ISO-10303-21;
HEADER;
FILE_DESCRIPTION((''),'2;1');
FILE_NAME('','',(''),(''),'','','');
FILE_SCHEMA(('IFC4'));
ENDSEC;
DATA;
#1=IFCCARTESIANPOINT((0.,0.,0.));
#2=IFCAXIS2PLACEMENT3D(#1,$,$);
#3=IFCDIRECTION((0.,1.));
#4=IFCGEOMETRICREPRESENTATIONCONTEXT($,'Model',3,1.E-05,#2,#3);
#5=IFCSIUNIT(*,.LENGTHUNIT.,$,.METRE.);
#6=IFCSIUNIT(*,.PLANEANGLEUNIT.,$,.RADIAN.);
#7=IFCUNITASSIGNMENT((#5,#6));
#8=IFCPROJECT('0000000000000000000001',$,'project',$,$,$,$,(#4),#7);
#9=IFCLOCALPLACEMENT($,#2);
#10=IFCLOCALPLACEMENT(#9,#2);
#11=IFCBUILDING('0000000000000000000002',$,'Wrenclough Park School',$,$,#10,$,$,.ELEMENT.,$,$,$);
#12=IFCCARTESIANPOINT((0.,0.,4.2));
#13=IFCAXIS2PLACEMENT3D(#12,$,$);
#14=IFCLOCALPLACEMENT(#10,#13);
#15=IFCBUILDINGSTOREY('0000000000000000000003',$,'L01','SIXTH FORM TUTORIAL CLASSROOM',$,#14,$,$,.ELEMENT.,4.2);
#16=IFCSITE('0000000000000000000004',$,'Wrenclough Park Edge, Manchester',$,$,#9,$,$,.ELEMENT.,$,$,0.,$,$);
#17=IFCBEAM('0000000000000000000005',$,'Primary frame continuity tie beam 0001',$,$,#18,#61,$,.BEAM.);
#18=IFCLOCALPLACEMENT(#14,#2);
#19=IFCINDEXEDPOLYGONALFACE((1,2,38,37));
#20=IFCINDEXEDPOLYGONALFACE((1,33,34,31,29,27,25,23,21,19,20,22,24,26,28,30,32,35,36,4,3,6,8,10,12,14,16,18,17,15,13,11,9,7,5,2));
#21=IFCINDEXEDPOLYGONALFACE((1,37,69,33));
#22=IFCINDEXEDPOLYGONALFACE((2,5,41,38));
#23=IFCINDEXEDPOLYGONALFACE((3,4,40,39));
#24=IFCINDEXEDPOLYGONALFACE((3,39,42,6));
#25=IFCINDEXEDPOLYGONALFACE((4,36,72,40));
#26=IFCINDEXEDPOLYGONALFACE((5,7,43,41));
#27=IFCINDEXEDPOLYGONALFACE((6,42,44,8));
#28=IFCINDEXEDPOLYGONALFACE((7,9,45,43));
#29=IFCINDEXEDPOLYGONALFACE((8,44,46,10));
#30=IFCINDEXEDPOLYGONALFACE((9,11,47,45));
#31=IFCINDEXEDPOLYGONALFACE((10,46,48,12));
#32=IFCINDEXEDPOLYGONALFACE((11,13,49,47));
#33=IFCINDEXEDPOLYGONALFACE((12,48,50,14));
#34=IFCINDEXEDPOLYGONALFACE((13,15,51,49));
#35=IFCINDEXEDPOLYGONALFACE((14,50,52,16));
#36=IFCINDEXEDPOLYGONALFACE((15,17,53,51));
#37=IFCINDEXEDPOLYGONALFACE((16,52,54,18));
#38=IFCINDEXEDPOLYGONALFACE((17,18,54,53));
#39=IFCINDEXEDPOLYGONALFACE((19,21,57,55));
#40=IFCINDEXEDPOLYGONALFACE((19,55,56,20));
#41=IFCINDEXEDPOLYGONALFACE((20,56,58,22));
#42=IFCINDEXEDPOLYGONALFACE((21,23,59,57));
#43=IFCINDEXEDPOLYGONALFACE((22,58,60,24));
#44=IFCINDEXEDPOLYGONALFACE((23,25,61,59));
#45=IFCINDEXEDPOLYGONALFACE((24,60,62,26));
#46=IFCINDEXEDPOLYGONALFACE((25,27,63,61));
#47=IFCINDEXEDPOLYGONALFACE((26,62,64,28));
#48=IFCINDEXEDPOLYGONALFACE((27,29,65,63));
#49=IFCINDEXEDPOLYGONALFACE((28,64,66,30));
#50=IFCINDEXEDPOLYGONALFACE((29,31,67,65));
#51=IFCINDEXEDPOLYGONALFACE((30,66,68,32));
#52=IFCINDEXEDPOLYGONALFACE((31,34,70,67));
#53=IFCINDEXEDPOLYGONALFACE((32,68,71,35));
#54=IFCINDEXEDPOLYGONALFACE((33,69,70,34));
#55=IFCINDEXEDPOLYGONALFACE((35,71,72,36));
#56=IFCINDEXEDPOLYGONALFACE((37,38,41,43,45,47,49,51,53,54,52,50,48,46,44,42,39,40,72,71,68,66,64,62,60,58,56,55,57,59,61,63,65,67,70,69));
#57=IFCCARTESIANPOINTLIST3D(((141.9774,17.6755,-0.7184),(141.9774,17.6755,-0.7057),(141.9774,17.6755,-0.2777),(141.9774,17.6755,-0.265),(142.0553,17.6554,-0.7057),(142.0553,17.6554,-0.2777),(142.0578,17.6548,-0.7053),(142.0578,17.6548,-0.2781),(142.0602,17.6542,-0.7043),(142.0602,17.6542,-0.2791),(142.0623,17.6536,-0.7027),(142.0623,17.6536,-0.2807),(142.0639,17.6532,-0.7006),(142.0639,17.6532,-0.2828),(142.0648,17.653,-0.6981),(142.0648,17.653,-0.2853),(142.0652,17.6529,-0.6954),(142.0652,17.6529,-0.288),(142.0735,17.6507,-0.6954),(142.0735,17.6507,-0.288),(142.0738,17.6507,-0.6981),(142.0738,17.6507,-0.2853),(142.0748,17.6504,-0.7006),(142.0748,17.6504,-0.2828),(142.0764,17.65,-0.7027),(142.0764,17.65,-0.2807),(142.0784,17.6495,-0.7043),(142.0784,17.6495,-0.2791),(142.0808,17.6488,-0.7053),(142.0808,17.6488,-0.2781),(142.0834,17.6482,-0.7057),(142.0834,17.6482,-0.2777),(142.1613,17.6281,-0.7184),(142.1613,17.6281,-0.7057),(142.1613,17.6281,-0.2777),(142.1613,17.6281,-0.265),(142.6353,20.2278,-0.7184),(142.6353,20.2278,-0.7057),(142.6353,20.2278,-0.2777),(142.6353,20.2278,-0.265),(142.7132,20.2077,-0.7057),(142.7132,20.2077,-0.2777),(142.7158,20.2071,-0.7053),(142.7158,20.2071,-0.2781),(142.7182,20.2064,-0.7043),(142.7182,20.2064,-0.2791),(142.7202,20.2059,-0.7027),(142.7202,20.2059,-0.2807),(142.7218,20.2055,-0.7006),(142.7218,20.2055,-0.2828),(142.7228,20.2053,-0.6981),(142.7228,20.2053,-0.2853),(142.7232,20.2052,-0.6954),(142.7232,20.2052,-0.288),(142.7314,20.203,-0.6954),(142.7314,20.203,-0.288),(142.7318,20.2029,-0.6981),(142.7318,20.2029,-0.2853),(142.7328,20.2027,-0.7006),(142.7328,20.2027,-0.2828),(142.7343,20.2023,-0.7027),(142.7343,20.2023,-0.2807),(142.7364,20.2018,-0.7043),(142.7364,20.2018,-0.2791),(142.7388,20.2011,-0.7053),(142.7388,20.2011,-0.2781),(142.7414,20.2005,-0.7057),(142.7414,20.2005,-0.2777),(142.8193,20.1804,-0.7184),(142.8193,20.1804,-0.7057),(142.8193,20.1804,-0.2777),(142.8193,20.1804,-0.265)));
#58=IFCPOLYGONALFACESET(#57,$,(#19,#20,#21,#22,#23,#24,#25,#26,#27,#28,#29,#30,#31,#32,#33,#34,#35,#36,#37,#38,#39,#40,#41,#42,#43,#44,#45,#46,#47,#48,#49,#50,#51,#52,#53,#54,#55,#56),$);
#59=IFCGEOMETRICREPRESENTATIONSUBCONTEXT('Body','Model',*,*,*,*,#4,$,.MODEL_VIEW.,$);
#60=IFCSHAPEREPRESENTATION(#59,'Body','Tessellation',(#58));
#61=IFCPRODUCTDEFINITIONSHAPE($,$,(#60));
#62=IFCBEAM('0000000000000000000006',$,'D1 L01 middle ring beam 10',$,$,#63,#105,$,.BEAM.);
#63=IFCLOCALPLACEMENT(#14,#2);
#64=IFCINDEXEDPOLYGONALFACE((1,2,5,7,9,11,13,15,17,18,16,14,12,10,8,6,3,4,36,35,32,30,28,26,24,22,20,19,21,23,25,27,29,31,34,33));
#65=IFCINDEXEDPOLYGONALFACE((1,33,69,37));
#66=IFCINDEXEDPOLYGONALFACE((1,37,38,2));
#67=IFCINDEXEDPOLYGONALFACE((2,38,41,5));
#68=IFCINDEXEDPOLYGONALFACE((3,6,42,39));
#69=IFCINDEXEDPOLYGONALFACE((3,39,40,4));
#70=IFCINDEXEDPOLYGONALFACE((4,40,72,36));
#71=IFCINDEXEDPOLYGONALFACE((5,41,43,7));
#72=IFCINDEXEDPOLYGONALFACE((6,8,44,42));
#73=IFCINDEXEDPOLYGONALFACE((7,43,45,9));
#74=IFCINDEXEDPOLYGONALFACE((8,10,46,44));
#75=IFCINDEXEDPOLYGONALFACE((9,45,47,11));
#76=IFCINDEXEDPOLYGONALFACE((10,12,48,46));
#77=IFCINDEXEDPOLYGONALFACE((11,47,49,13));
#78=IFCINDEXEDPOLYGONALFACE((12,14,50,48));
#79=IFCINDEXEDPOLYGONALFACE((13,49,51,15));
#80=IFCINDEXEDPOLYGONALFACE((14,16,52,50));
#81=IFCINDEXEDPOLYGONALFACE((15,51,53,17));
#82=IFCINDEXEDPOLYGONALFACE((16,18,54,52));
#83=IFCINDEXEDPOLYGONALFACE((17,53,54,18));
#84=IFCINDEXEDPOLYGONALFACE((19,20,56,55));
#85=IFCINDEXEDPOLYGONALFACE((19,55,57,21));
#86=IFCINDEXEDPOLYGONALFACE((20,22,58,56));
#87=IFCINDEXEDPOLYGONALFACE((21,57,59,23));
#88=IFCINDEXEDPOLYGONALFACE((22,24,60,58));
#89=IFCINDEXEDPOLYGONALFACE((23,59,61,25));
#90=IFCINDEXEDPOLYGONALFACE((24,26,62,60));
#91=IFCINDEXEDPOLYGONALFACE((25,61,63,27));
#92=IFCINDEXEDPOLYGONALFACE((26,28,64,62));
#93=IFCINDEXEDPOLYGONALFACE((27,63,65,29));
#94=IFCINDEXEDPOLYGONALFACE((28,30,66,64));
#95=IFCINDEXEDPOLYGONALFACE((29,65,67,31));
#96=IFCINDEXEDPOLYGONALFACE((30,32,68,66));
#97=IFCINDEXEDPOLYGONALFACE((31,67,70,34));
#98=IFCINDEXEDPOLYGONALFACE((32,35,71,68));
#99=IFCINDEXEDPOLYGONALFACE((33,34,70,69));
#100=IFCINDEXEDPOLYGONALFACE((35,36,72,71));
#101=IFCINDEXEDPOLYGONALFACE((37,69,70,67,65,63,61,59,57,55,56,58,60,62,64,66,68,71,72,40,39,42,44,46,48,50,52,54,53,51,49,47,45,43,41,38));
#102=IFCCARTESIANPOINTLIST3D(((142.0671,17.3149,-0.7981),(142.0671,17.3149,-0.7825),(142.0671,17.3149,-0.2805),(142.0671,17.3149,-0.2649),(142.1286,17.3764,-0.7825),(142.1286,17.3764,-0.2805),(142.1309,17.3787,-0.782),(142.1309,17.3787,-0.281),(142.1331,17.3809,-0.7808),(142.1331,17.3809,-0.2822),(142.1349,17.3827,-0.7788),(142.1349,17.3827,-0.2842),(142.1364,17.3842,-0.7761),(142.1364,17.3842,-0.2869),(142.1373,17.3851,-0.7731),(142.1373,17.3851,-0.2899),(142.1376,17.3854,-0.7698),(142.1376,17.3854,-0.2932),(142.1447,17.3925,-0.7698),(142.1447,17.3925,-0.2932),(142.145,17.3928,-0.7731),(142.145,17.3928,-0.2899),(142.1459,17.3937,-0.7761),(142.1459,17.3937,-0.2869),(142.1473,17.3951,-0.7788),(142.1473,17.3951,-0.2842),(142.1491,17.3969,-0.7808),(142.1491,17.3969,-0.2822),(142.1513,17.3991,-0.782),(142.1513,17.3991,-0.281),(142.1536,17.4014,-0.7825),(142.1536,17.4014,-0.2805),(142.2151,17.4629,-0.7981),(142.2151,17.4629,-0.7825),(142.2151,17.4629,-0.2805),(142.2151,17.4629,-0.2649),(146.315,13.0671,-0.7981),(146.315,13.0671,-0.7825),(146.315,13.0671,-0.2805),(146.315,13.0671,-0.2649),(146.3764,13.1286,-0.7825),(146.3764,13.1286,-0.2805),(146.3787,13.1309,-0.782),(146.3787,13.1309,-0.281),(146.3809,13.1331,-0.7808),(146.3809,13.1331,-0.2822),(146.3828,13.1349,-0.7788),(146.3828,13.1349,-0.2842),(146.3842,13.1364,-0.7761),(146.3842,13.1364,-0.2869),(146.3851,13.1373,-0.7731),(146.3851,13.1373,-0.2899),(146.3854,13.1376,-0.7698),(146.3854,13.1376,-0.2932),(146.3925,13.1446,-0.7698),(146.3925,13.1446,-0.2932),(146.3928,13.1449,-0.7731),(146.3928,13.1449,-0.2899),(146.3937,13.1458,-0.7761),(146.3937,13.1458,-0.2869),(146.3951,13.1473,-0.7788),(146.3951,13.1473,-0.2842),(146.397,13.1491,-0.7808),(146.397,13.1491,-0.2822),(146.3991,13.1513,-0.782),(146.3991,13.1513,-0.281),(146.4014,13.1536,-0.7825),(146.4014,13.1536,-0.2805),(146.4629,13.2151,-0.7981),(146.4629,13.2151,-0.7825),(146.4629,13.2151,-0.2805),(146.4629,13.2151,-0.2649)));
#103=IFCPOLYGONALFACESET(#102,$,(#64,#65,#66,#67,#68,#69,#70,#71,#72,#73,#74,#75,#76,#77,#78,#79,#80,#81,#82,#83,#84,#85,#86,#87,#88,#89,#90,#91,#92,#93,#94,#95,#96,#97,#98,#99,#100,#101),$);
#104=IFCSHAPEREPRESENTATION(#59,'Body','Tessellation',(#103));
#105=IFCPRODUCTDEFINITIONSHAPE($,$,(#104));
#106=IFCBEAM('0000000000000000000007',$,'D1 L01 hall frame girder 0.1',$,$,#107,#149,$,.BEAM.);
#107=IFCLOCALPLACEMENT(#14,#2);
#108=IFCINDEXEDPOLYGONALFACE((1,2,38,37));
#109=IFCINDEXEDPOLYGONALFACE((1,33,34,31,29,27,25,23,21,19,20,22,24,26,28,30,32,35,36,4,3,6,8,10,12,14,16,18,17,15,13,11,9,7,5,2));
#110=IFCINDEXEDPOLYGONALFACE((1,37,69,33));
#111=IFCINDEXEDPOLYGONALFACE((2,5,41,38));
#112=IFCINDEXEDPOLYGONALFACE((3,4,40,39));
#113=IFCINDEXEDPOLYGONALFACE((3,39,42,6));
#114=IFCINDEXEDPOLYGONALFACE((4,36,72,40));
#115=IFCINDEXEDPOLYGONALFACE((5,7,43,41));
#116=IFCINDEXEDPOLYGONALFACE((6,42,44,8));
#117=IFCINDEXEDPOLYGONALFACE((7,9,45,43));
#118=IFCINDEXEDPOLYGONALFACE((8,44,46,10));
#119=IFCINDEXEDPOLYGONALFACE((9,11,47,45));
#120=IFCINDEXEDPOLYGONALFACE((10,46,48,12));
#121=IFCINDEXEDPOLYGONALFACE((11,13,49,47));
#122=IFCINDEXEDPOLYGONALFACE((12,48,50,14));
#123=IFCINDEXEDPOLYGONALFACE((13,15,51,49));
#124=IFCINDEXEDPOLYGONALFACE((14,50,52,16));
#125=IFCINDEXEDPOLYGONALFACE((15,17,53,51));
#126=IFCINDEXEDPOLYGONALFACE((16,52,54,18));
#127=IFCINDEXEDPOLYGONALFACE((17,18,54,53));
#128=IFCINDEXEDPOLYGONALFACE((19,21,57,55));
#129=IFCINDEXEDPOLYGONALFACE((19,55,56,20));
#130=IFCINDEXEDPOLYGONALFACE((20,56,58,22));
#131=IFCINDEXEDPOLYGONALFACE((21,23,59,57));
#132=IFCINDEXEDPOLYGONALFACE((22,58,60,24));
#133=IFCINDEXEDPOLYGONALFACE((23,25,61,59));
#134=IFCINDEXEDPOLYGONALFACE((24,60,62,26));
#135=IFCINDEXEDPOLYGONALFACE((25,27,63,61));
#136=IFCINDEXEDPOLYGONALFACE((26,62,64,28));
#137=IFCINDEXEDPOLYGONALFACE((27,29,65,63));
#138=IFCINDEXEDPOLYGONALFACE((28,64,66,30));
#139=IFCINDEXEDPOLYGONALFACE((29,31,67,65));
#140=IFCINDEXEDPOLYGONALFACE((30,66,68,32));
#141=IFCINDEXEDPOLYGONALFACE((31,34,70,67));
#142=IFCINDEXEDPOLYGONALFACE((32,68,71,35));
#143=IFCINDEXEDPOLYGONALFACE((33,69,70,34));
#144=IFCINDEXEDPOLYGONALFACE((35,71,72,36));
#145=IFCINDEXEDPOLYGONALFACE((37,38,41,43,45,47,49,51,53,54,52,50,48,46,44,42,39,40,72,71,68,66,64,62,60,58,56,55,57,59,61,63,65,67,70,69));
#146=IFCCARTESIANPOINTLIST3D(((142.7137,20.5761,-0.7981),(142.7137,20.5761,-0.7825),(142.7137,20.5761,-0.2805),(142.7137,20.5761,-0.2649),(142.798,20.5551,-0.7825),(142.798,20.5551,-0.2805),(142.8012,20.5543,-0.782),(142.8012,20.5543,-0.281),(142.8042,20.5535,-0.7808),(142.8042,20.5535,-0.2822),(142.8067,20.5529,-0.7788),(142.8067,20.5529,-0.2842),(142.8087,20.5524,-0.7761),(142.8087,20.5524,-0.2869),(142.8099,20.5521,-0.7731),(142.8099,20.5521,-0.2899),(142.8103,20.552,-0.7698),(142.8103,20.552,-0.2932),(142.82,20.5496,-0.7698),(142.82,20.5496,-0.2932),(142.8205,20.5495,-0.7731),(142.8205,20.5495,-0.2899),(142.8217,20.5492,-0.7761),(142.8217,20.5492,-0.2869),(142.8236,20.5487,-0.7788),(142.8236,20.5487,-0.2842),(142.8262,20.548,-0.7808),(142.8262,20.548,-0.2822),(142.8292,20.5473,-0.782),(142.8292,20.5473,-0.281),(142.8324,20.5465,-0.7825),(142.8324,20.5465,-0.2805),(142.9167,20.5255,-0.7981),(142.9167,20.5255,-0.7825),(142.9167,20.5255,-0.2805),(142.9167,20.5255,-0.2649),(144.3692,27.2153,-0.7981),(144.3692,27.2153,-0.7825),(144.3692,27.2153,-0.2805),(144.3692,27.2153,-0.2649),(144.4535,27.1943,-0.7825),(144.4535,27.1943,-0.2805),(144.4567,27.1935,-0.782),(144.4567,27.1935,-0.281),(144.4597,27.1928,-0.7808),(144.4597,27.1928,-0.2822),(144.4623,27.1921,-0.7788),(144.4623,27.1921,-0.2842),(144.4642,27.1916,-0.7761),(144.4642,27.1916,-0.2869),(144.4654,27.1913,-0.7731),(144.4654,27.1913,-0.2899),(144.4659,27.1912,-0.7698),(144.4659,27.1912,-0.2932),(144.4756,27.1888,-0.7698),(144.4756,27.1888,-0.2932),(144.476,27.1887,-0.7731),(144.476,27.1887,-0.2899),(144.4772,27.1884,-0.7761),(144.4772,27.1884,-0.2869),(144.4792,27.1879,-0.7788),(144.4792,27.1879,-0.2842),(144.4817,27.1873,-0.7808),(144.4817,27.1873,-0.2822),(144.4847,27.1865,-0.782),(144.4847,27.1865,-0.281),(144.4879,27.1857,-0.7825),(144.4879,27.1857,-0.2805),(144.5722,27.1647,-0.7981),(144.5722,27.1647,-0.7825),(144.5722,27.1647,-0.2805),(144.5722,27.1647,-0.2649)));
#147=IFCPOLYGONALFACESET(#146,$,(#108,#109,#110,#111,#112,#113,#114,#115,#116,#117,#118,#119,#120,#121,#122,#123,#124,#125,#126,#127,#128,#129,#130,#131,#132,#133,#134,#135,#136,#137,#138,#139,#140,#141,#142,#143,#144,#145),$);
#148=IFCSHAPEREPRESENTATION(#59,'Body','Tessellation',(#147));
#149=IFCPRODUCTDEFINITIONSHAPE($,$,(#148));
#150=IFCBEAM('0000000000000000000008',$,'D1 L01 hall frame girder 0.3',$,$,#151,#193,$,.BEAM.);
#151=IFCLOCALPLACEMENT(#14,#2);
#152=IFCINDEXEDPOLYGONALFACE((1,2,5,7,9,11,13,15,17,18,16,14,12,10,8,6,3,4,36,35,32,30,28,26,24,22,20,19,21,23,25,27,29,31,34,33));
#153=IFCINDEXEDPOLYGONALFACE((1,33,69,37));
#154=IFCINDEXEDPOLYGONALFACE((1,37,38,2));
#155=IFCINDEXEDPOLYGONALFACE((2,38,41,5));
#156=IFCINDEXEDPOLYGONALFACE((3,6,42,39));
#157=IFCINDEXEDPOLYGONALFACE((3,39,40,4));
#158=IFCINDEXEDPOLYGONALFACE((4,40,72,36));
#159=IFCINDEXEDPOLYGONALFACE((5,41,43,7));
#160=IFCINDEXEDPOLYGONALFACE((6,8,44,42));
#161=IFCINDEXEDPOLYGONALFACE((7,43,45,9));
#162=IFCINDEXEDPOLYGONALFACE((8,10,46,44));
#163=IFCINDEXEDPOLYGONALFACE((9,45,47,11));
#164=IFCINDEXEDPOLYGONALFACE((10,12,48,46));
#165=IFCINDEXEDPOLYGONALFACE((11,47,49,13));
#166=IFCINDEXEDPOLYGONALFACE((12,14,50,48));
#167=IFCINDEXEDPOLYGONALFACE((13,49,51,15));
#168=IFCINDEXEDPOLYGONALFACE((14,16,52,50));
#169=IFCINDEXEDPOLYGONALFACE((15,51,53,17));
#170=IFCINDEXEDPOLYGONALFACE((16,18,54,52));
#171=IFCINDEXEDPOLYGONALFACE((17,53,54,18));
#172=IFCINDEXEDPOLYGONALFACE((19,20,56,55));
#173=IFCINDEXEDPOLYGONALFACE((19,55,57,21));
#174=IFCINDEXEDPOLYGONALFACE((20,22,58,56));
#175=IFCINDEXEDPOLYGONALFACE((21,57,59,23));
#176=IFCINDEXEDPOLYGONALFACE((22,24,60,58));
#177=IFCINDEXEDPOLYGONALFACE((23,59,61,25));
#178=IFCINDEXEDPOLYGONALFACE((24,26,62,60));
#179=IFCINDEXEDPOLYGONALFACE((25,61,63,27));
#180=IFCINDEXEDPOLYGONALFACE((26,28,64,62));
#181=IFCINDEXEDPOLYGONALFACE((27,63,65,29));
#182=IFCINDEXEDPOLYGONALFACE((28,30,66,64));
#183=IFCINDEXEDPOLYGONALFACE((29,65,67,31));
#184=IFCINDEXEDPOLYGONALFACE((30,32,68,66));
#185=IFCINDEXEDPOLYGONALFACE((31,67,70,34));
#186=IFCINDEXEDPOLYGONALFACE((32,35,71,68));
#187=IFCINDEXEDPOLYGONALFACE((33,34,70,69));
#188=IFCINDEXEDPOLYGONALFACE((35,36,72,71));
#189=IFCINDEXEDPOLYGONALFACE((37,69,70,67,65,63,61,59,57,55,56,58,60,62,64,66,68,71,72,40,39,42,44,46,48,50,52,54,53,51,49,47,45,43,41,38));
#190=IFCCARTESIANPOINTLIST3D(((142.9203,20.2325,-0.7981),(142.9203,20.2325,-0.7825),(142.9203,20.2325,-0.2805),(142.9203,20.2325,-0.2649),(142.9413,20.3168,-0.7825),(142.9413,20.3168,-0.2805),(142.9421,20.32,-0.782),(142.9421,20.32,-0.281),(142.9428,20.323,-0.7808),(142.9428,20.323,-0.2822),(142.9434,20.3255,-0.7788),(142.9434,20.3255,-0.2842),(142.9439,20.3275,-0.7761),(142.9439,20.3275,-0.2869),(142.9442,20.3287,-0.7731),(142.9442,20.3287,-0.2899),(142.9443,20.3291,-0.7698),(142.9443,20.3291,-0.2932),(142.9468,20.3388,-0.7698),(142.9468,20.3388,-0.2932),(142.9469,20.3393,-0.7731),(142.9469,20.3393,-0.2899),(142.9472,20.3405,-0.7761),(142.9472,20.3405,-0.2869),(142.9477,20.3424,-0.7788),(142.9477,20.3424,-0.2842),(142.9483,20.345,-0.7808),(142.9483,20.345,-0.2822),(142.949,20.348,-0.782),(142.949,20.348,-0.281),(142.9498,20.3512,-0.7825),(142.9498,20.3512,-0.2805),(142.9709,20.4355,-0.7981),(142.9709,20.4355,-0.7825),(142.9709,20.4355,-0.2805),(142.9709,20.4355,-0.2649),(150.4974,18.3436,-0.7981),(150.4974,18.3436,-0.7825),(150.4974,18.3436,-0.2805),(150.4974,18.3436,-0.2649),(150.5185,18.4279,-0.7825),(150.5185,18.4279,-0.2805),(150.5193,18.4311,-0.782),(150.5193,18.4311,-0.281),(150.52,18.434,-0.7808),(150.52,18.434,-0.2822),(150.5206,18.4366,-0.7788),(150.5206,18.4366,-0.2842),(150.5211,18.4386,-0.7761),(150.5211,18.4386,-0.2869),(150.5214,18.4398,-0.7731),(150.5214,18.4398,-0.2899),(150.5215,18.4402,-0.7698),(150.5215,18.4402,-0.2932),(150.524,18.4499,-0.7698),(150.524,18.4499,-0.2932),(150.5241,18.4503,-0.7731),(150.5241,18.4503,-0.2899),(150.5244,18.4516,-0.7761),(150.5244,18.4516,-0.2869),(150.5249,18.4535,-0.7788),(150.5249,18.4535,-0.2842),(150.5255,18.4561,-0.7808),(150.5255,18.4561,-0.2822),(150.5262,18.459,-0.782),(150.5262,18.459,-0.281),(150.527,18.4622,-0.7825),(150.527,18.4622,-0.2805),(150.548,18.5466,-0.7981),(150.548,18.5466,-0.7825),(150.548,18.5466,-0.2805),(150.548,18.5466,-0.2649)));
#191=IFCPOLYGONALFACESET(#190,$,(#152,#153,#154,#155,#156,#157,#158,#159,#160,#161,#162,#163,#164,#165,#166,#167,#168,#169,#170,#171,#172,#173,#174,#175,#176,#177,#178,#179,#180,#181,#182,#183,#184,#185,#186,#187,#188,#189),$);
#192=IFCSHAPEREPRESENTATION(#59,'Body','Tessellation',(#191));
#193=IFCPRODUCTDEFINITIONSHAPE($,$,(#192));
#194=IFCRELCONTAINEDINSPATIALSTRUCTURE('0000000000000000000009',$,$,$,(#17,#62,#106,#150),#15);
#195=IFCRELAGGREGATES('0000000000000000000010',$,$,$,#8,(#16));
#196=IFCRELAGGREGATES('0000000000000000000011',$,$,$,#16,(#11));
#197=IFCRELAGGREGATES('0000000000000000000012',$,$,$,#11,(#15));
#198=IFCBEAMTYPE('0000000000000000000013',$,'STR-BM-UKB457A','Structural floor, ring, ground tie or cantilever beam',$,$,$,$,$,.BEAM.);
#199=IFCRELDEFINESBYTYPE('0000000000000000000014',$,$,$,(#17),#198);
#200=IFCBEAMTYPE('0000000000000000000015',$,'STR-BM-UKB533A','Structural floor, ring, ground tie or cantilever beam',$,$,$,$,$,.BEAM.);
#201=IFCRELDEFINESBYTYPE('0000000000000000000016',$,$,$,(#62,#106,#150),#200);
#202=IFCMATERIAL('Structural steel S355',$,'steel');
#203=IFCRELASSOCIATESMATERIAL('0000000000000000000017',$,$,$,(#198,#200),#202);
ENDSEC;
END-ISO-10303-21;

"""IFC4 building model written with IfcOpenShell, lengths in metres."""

from ifc_helpers import new_model, si_unit, direction, frame, origin, origin_2d, place, context, subcontext, project, spatial, i_section, extrude, material, material_profile, profile_set, type_object, element, save


model = new_model("IFC4")

# Units and contexts
model_context = context("Model", 3, precision=1e-05, world=origin(), true_north=direction((0.0, 1.0)))
body_context = subcontext(model_context, "Body", "Model", "MODEL_VIEW")
ifc_project = project(units=[si_unit("LENGTHUNIT", "METRE"), si_unit("PLANEANGLEUNIT", "RADIAN")], contexts=[model_context])

# Site, building, storey
site_placement = place(None, origin())
site = spatial("IfcSite", under=ifc_project, at=site_placement, Name="Wrenclough Park Edge, Manchester", CompositionType="ELEMENT", RefElevation=0.0)
building_placement = place(site_placement, origin())
building = spatial("IfcBuilding", under=site, at=building_placement, Name="Wrenclough Park School", CompositionType="ELEMENT")
storey_placement = place(building_placement, frame((0.0, 0.0, 4.2)))
storey = spatial("IfcBuildingStorey", under=building, at=storey_placement, Name="L01", Description="SIXTH FORM TUTORIAL CLASSROOM", CompositionType="ELEMENT", Elevation=4.2)

# Shared definitions
ifc_material_1 = material(Name="Structural steel S355", Category="steel")

# Beams
ifc_material_profile_1 = material_profile(ifc_material_1, i_section(OverallWidth=0.1899, OverallDepth=0.4534, WebThickness=0.0085, FlangeThickness=0.0127, FilletRadius=0.0103, at=origin_2d()), Name="UKB 457x191x67")
ifc_profile_set_1 = profile_set([ifc_material_profile_1], Name="Structural steel S355")
beam_type_1 = type_object("IfcBeamType", Name="STR-BM-UKB457A", Description="Structural floor, ring, ground tie or cantilever beam", PredefinedType="BEAM", material=ifc_profile_set_1)
beam_1_placement = place(storey_placement, frame((142.7273, 20.2041, -0.4917), z_axis=(-0.249634, -0.96834, 0.0), x_axis=(0.96834, -0.249634, 0.0)))
element("IfcBeam", 1, at=beam_1_placement, inside=storey, type_object=beam_type_1, Name="Primary frame continuity tie beam 0001", PredefinedType="BEAM", context=body_context, shape_type="SweptSolid", body=[
    extrude(i_section(OverallWidth=0.1899, OverallDepth=0.4534, WebThickness=0.0085, FlangeThickness=0.0127, FilletRadius=0.0103, at=origin_2d()), origin(), (0.0, 0.0, 1.0), 2.6357),
])
ifc_material_profile_2 = material_profile(ifc_material_1, i_section(OverallWidth=0.2092, OverallDepth=0.5332, WebThickness=0.01, FlangeThickness=0.0156, FilletRadius=0.0127, at=origin_2d()), Name="UKB 533x210x92")
ifc_profile_set_2 = profile_set([ifc_material_profile_2], Name="Structural steel S355")
beam_type_2 = type_object("IfcBeamType", Name="STR-BM-UKB533A", Description="Structural floor, ring, ground tie or cantilever beam", PredefinedType="BEAM", material=ifc_profile_set_2)
beam_2_placement = place(storey_placement, frame((142.1411, 17.3889, -0.5315), z_axis=(0.707107, -0.707107, 0.0), x_axis=(0.707107, 0.707107, 0.0)))
element("IfcBeam", 2, at=beam_2_placement, inside=storey, type_object=beam_type_2, Name="D1 L01 middle ring beam 10", PredefinedType="BEAM", context=body_context, shape_type="SweptSolid", body=[
    extrude(i_section(OverallWidth=0.2092, OverallDepth=0.5332, WebThickness=0.01, FlangeThickness=0.0156, FilletRadius=0.0127, at=origin_2d()), origin(), (0.0, 0.0, 1.0), 6.0073),
])
beam_3_placement = place(storey_placement, frame((142.8152, 20.5508, -0.5315), z_axis=(0.241948, 0.970289, 0.0), x_axis=(-0.970289, 0.241948, 0.0)))
element("IfcBeam", 3, at=beam_3_placement, inside=storey, type_object=beam_type_2, Name="D1 L01 hall frame girder 0.1", PredefinedType="BEAM", context=body_context, shape_type="SweptSolid", body=[
    extrude(i_section(OverallWidth=0.2092, OverallDepth=0.5332, WebThickness=0.01, FlangeThickness=0.0156, FilletRadius=0.0127, at=origin_2d()), origin(), (0.0, 0.0, 1.0), 6.8425),
])
beam_4_placement = place(storey_placement, frame((142.9456, 20.334, -0.5315), z_axis=(0.970304, -0.241888, 0.0), x_axis=(0.241888, 0.970304, 0.0)))
element("IfcBeam", 4, at=beam_4_placement, inside=storey, type_object=beam_type_2, Name="D1 L01 hall frame girder 0.3", PredefinedType="BEAM", context=body_context, shape_type="SweptSolid", body=[
    extrude(i_section(OverallWidth=0.2092, OverallDepth=0.5332, WebThickness=0.01, FlangeThickness=0.0156, FilletRadius=0.0127, at=origin_2d()), origin(), (0.0, 0.0, 1.0), 7.8091),
])

save(model, "model.ifc")
